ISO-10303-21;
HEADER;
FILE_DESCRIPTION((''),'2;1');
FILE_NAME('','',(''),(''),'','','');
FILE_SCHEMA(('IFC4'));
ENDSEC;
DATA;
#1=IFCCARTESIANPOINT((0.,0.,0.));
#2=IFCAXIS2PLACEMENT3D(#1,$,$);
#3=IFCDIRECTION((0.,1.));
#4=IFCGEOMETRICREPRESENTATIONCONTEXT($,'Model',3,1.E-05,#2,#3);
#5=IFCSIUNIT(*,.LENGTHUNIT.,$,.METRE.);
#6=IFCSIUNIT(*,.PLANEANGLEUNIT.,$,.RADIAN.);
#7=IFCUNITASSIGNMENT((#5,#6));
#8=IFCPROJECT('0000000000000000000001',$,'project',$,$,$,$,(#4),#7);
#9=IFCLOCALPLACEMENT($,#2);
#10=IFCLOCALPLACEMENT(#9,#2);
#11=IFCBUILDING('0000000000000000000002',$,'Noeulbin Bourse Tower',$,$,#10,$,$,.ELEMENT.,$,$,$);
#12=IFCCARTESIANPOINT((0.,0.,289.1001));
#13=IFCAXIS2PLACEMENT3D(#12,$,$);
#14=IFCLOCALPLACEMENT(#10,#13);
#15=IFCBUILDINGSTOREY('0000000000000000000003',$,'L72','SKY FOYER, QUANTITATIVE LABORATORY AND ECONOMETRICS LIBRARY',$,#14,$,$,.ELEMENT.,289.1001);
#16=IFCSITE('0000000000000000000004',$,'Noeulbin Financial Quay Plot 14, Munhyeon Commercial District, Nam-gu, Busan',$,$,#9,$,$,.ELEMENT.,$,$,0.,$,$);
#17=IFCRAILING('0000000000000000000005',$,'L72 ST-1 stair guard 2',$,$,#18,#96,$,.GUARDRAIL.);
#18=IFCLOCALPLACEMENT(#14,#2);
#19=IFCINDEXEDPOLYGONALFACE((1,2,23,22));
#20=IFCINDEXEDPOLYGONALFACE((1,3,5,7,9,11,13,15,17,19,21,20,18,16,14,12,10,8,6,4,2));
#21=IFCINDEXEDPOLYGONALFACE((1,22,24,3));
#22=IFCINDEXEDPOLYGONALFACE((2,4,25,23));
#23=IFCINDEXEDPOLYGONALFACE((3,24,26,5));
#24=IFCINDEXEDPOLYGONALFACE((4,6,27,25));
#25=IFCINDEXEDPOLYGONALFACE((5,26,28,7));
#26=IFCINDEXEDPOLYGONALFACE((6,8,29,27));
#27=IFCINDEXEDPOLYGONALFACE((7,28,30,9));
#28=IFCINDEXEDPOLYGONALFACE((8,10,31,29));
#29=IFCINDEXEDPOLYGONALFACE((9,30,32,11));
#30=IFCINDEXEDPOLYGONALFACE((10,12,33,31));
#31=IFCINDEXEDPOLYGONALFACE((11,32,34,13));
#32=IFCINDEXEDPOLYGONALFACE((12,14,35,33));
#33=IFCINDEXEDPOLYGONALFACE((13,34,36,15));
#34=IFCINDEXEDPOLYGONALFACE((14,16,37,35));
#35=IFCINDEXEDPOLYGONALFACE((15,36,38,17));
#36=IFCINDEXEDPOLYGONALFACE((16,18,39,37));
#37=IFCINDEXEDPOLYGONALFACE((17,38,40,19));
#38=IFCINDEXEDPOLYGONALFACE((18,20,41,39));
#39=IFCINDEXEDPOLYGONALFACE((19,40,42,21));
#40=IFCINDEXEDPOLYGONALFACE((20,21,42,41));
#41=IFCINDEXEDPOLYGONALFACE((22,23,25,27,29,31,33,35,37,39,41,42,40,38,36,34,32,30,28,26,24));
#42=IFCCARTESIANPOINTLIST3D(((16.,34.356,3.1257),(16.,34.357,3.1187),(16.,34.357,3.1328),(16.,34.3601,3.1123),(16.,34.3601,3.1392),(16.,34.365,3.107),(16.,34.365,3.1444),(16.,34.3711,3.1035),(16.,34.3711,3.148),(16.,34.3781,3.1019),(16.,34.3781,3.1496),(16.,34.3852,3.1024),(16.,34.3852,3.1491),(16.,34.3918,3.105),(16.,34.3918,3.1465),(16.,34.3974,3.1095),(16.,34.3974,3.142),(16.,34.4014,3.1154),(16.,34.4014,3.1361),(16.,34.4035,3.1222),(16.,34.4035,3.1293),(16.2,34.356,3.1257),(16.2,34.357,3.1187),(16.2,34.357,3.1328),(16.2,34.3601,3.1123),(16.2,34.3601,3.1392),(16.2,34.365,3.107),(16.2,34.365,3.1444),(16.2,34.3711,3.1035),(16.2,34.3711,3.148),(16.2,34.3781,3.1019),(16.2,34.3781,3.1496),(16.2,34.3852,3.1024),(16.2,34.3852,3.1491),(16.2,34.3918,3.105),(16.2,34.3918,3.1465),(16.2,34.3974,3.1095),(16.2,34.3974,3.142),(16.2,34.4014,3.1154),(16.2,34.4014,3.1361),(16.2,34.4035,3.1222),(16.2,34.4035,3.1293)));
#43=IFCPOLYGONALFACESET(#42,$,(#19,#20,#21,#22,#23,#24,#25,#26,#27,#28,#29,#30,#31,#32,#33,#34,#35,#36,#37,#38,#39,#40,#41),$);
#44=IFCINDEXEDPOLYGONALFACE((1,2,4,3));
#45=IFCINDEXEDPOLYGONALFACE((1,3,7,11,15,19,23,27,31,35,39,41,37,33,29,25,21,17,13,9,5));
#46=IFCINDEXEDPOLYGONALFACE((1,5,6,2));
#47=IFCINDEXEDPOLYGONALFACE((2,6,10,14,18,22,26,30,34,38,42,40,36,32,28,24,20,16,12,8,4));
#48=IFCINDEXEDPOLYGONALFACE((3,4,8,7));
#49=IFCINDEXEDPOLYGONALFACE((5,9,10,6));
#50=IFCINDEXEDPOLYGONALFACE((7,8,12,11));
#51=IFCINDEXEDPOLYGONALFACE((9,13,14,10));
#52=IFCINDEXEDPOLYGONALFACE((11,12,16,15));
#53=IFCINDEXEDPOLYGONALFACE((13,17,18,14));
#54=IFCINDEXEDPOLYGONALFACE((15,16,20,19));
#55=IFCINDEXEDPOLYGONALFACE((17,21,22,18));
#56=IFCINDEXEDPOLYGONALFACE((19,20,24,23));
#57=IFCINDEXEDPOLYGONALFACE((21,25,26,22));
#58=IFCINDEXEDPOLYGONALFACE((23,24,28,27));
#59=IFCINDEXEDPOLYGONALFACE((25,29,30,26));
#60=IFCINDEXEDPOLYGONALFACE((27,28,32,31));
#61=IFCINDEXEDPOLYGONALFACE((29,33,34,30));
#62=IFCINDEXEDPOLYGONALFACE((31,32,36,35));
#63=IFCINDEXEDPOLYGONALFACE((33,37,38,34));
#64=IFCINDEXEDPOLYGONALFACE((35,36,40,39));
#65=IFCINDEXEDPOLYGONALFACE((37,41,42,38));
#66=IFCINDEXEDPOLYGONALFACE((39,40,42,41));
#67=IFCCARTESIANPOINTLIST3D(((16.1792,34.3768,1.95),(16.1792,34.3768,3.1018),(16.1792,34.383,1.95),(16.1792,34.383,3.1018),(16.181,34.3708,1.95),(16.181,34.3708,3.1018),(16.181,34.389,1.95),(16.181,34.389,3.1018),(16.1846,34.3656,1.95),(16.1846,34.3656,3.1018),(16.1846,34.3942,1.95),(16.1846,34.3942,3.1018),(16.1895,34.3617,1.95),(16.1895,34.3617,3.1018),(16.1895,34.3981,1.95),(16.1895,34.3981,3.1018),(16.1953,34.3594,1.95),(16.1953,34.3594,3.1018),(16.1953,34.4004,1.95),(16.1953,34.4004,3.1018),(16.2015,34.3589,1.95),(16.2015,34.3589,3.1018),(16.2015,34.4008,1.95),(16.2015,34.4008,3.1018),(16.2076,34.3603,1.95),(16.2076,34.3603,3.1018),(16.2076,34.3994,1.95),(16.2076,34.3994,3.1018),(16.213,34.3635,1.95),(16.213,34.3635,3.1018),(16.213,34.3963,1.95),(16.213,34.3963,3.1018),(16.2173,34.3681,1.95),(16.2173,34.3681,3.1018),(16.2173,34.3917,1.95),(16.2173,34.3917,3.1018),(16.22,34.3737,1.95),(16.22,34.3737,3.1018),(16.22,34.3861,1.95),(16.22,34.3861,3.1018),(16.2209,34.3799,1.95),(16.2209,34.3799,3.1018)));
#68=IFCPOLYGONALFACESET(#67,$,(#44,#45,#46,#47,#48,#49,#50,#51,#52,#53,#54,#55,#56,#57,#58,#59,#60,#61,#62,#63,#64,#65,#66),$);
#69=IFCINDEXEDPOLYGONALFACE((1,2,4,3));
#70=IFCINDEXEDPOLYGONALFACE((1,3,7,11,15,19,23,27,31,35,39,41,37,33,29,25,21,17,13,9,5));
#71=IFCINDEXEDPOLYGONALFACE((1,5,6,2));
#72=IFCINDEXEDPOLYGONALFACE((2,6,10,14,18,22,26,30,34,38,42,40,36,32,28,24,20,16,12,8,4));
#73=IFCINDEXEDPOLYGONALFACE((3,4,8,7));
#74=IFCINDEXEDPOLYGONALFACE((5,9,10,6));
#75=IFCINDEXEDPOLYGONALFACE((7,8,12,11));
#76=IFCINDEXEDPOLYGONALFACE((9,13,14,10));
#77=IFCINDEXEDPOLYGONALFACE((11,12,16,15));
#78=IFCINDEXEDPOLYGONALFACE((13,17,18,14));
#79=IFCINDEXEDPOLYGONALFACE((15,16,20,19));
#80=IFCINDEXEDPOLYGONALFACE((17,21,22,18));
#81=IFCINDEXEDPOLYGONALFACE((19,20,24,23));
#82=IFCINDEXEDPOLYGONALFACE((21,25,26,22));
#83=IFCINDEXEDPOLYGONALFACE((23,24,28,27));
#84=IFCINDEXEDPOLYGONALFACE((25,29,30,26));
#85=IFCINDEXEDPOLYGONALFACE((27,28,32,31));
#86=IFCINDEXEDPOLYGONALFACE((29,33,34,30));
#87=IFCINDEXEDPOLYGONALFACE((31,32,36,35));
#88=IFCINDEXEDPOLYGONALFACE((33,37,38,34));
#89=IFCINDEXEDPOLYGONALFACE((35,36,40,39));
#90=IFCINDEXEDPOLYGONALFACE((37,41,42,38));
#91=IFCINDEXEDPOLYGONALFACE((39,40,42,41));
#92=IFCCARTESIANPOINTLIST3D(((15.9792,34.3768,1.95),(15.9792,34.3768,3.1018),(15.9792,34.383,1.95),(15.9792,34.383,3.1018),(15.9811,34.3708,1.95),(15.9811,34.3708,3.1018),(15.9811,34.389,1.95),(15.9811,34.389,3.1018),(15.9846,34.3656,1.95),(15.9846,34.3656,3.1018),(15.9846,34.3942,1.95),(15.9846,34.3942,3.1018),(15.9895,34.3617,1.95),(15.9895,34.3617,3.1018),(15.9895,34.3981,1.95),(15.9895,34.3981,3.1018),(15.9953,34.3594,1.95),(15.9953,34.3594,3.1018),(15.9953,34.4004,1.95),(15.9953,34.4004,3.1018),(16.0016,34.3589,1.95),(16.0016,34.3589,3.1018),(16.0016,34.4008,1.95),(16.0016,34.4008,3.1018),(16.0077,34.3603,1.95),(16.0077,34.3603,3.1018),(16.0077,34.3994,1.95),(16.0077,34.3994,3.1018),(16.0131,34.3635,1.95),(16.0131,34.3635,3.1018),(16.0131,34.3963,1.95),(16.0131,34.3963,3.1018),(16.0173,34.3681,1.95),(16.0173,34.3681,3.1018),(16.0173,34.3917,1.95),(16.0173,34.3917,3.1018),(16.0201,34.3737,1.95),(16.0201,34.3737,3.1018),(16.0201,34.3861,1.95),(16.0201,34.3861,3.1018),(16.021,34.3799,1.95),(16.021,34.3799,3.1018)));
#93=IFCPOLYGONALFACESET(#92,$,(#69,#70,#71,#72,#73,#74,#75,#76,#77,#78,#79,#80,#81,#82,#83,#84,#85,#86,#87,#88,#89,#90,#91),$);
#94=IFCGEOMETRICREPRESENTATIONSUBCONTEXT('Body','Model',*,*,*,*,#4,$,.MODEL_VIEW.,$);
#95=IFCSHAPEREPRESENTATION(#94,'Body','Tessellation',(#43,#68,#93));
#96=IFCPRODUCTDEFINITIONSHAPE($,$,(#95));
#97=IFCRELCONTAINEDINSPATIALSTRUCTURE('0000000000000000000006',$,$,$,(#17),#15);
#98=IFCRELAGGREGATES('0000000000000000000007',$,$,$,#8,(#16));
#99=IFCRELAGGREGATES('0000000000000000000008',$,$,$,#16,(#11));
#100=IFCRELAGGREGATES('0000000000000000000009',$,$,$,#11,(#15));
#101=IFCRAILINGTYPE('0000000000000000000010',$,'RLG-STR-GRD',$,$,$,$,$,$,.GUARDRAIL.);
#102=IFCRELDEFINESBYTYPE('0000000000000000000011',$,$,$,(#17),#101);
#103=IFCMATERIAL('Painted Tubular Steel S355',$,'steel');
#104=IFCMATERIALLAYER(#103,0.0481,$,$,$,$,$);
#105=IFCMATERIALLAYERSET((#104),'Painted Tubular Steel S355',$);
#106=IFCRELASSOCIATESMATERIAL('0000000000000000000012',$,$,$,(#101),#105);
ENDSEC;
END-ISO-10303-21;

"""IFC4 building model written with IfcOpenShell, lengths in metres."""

from ifc_helpers import new_model, si_unit, direction, frame, origin, origin_2d, place, context, subcontext, project, spatial, circle, extrude, material, layer, layer_set, type_object, element, save


model = new_model("IFC4")

# Units and contexts
model_context = context("Model", 3, precision=1e-05, world=origin(), true_north=direction((0.0, 1.0)))
body_context = subcontext(model_context, "Body", "Model", "MODEL_VIEW")
ifc_project = project(units=[si_unit("LENGTHUNIT", "METRE"), si_unit("PLANEANGLEUNIT", "RADIAN")], contexts=[model_context])

# Site, building, storey
site_placement = place(None, origin())
site = spatial("IfcSite", under=ifc_project, at=site_placement, Name="Noeulbin Financial Quay Plot 14, Munhyeon Commercial District, Nam-gu, Busan", CompositionType="ELEMENT", RefElevation=0.0)
building_placement = place(site_placement, origin())
building = spatial("IfcBuilding", under=site, at=building_placement, Name="Noeulbin Bourse Tower", CompositionType="ELEMENT")
storey_placement = place(building_placement, frame((0.0, 0.0, 289.1001)))
storey = spatial("IfcBuildingStorey", under=building, at=storey_placement, Name="L72", Description="SKY FOYER, QUANTITATIVE LABORATORY AND ECONOMETRICS LIBRARY", CompositionType="ELEMENT", Elevation=289.1001)

# Railing
ifc_material_1 = material(Name="Painted Tubular Steel S355", Category="steel")
ifc_layer_1 = layer(ifc_material_1, 0.0481)
ifc_layer_set_1 = layer_set([ifc_layer_1], Name="Painted Tubular Steel S355")
railing_type_1 = type_object("IfcRailingType", Name="RLG-STR-GRD", PredefinedType="GUARDRAIL", material=ifc_layer_set_1)
railing_1_placement = place(storey_placement, frame((16.2, 34.3799, 1.95)))
element("IfcRailing", 1, at=railing_1_placement, inside=storey, type_object=railing_type_1, Name="L72 ST-1 stair guard 2", PredefinedType="GUARDRAIL", context=body_context, shape_type="SweptSolid", body=[
    extrude(circle(Radius=0.0239, at=origin_2d()), frame((0.0, 0.0, 1.1758), z_axis=(-1.0, 0.0, 0.0), x_axis=(0.0, -1.0, 0.0)), (0.0, 0.0, 1.0), 0.2),
    extrude(circle(Radius=0.021, at=origin_2d()), origin(), (0.0, 0.0, 1.0), 1.1519),
    extrude(circle(Radius=0.021, at=origin_2d()), frame((-0.2, 0.0, 0.0)), (0.0, 0.0, 1.0), 1.1519),
])

save(model, "model.ifc")
